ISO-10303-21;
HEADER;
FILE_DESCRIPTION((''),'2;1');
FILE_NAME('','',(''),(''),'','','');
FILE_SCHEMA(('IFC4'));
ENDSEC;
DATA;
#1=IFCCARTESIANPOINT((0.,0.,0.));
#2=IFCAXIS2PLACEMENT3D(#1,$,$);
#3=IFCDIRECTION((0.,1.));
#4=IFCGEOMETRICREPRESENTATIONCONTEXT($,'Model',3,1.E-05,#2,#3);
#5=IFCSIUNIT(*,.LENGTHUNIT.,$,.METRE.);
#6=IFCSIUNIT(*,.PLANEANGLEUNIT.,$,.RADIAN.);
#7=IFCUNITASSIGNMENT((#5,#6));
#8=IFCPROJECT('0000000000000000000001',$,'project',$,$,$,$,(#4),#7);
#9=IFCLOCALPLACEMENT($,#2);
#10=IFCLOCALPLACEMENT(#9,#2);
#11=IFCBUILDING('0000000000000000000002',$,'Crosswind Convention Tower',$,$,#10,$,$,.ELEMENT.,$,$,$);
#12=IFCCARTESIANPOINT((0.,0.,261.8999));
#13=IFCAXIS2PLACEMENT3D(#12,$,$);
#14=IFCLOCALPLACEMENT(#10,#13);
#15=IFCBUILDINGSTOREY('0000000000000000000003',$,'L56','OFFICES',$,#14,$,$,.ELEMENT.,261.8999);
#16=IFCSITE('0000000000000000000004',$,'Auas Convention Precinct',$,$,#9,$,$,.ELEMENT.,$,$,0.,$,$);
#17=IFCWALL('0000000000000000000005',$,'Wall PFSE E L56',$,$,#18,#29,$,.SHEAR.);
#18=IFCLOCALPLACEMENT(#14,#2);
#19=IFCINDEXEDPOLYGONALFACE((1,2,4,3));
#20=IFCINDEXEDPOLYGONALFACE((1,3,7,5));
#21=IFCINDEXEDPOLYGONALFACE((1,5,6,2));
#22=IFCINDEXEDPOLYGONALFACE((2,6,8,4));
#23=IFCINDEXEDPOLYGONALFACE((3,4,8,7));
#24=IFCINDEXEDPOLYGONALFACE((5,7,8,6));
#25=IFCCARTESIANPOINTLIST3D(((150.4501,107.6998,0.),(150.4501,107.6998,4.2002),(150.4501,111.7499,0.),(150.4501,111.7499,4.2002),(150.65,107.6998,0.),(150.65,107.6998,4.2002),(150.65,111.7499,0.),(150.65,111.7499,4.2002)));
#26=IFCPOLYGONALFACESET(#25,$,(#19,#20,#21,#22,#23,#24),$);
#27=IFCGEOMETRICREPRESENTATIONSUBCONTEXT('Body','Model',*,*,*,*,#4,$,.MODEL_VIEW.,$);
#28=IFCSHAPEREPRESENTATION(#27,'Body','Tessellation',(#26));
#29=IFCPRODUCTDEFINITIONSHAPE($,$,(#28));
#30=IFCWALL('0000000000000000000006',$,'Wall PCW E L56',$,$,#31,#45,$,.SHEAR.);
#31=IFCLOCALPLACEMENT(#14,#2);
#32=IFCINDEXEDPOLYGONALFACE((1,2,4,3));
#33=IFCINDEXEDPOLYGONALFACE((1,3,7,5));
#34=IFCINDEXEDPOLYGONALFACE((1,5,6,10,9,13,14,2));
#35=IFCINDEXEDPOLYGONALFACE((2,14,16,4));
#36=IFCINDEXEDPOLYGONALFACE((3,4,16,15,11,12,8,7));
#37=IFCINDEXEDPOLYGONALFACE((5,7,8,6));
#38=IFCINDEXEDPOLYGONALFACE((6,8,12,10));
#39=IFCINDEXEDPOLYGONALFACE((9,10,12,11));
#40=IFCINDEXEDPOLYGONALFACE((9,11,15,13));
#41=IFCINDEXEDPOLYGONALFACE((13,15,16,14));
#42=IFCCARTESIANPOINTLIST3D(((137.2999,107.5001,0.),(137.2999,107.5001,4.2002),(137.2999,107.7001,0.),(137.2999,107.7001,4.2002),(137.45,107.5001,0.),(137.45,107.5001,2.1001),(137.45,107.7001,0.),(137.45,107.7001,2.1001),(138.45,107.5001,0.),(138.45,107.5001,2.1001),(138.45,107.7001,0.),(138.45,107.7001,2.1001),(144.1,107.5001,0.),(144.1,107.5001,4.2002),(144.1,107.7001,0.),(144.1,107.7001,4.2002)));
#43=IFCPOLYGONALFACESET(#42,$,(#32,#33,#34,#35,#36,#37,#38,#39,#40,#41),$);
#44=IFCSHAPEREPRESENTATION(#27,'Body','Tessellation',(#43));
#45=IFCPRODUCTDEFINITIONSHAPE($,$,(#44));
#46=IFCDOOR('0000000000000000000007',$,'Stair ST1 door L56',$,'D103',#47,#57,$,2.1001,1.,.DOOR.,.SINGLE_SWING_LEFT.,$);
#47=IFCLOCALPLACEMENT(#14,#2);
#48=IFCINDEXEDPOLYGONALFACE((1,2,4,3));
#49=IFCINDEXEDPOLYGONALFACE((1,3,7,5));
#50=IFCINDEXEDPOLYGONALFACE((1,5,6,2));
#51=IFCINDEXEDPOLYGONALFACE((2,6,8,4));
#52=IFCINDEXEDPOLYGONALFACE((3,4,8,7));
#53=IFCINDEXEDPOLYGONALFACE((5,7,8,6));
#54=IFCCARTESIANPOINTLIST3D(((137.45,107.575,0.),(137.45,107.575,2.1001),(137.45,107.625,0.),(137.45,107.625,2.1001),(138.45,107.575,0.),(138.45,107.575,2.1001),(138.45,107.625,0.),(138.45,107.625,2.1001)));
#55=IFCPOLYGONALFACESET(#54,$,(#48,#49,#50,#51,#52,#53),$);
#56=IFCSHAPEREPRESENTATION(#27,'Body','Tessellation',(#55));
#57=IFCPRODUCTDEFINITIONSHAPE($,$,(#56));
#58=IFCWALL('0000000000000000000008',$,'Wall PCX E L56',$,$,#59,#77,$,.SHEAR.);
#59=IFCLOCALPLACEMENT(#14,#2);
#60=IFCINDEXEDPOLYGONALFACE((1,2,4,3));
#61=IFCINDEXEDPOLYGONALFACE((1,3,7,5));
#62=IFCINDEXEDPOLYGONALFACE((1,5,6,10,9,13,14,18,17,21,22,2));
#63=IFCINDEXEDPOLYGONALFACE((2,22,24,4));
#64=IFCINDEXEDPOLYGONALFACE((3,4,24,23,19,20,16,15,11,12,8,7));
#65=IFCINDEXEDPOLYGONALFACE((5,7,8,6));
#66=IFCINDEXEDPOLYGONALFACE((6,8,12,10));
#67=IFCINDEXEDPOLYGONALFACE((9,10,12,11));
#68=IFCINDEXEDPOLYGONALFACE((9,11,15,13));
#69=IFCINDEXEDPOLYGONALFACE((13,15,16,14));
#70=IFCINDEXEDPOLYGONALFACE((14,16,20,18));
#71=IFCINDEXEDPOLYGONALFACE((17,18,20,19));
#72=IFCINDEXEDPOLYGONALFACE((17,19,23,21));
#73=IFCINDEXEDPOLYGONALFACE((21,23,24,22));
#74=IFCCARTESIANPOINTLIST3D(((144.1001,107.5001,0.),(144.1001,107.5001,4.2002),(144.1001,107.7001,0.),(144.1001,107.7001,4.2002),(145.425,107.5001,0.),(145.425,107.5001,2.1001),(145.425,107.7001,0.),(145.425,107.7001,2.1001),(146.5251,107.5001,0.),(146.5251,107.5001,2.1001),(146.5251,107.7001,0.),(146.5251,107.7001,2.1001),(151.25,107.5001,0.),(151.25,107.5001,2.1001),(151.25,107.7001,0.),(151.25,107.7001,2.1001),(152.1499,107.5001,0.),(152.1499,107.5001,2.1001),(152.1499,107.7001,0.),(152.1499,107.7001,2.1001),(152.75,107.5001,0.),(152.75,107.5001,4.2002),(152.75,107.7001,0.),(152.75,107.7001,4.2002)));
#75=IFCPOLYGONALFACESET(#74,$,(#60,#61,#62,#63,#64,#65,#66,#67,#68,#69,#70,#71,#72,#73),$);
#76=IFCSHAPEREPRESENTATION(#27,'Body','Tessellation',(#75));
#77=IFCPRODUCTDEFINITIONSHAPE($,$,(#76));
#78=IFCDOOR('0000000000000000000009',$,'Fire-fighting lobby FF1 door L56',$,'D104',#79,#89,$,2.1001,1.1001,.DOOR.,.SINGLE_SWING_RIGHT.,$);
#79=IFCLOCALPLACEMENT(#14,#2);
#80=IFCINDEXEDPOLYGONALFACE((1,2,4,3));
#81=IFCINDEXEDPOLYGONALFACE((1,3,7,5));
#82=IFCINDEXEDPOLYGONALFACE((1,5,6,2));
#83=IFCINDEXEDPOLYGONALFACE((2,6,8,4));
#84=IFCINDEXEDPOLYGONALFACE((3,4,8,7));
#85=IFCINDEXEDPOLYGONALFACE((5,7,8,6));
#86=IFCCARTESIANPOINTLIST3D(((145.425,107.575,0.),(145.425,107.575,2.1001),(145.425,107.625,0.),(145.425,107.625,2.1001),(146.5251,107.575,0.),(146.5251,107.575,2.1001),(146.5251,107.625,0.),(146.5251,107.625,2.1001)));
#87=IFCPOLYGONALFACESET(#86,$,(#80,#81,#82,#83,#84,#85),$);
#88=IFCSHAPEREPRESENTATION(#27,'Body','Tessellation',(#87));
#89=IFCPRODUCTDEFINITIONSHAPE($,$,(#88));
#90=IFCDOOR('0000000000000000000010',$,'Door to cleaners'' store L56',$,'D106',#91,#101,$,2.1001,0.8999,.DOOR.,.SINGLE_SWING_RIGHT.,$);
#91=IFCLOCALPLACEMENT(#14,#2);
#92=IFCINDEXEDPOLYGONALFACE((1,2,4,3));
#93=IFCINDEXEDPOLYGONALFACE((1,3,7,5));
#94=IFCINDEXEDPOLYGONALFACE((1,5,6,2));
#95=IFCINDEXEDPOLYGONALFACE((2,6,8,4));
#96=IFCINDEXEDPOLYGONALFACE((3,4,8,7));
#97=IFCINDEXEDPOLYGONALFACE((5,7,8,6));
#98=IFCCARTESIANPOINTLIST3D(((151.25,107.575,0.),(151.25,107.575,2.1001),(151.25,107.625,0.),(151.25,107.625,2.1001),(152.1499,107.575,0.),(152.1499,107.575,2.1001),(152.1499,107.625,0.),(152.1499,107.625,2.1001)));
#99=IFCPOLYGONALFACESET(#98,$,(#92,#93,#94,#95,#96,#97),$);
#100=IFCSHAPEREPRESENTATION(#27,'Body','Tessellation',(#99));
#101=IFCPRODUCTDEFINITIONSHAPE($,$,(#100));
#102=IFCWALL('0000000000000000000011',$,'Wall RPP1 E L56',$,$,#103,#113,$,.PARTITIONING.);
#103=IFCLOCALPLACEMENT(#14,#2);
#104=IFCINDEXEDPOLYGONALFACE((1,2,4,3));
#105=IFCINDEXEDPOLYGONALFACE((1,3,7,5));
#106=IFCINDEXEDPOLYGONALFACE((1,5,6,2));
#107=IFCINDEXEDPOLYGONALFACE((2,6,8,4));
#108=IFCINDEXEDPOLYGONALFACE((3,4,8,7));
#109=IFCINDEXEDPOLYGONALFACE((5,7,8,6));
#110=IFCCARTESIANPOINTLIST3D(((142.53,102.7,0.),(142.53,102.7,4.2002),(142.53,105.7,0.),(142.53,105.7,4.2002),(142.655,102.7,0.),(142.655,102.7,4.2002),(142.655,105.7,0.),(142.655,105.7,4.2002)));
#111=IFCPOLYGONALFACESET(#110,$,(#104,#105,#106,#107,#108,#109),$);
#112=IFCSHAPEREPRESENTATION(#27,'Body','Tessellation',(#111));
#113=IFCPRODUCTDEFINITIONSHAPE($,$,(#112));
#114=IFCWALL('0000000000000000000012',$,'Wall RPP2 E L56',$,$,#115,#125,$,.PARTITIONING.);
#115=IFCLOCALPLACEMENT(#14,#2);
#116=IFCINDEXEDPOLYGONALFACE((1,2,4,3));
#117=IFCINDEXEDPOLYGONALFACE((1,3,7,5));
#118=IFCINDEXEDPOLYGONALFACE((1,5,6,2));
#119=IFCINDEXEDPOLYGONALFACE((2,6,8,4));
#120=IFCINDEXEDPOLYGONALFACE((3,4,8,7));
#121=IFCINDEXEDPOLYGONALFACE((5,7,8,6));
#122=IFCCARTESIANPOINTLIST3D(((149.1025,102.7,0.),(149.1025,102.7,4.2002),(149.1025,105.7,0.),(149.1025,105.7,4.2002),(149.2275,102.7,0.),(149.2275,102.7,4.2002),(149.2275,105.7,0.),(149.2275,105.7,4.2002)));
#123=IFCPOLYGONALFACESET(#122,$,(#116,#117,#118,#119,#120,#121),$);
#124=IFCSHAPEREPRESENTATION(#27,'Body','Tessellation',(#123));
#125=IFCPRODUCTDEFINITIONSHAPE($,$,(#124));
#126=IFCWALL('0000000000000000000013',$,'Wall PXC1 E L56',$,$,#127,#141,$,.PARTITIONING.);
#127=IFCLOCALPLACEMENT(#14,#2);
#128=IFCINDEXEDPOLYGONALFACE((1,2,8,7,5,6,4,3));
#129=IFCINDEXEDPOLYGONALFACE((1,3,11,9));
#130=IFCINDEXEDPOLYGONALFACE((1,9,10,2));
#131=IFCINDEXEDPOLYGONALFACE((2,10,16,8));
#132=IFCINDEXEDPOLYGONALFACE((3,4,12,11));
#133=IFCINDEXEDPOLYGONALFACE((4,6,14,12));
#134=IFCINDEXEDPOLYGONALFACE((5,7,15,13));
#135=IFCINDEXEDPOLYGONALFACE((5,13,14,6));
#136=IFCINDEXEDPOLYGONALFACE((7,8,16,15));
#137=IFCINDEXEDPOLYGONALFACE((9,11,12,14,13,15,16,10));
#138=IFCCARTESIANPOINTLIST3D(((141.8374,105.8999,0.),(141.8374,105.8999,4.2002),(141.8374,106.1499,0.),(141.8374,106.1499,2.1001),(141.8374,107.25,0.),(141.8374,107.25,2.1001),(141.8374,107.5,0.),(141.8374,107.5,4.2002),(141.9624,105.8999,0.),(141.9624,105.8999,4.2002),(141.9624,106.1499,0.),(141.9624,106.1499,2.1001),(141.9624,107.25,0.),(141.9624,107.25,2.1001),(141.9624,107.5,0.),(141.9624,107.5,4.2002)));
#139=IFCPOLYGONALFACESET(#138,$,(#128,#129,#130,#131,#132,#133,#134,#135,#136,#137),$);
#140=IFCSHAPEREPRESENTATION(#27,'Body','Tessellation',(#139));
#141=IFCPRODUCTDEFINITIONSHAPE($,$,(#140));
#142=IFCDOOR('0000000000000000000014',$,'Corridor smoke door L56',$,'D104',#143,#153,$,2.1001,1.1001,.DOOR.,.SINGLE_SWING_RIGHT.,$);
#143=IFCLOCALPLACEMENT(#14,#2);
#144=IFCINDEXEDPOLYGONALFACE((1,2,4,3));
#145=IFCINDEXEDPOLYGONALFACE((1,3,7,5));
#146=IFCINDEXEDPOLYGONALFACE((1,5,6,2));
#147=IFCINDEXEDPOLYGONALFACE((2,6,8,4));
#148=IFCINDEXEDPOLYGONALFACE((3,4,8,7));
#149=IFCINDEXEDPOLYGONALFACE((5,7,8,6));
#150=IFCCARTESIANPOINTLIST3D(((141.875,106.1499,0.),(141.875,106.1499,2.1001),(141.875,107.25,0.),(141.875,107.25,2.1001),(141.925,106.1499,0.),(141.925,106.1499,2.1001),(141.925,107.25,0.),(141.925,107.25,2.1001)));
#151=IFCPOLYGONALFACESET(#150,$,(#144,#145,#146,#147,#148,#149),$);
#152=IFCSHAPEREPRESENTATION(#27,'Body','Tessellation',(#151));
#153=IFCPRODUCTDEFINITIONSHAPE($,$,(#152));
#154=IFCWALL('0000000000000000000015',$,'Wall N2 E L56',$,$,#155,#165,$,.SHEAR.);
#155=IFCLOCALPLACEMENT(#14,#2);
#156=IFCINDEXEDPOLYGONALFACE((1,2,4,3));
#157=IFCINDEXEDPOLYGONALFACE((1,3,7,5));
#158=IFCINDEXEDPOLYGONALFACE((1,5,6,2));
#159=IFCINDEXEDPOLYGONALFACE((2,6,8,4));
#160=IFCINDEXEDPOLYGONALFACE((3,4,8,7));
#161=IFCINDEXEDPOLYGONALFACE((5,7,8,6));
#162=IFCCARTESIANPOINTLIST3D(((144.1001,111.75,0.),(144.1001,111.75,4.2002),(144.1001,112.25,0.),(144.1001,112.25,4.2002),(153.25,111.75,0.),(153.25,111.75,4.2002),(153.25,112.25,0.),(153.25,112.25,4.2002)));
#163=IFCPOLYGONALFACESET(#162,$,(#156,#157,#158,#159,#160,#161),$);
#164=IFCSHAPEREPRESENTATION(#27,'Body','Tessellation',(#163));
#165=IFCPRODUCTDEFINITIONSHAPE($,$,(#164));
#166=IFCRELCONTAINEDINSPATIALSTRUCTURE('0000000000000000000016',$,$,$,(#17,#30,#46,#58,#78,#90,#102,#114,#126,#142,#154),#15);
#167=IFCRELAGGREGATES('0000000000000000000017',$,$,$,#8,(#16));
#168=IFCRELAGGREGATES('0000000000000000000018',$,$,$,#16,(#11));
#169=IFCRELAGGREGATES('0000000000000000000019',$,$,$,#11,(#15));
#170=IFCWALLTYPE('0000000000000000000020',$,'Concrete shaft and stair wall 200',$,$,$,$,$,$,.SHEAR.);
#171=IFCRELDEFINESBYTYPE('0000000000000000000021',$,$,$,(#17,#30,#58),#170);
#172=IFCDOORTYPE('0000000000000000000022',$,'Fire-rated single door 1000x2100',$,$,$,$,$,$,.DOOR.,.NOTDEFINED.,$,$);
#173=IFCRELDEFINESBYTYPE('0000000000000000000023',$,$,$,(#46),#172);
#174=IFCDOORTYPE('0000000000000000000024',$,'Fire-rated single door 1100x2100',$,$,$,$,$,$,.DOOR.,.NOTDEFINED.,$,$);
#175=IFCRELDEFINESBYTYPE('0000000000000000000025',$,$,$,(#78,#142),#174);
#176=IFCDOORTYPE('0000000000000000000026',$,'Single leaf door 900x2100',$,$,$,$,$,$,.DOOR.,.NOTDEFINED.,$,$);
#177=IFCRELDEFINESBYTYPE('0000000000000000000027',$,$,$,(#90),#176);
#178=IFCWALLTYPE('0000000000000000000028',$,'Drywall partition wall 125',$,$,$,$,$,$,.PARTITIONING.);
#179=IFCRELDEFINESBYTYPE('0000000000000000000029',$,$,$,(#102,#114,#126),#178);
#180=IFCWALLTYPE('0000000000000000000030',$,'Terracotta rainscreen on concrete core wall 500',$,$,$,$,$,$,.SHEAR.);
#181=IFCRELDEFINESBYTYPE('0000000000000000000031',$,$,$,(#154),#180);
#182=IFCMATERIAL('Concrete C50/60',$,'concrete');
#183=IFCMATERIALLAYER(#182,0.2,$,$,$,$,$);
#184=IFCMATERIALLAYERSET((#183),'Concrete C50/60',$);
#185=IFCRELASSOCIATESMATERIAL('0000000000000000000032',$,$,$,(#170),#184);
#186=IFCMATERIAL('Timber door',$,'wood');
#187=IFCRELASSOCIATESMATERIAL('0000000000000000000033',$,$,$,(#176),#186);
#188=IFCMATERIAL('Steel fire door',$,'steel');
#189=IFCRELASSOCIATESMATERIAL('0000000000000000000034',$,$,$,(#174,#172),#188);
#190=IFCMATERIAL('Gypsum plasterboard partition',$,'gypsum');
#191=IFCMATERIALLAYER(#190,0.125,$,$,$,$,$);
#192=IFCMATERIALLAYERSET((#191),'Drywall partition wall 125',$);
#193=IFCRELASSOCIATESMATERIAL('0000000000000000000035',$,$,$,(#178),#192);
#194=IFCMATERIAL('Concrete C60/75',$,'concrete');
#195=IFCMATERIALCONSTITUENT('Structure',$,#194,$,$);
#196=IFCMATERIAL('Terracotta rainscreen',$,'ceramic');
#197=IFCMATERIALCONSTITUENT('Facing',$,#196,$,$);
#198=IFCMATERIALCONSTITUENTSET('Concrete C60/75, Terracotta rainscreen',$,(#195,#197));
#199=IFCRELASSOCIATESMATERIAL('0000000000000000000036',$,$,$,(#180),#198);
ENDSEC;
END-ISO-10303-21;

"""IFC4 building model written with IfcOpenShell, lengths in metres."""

from ifc_helpers import new_model, si_unit, direction, frame, frame_2d, origin, place, context, subcontext, project, spatial, rectangle, extrude, material, layer, layer_set, constituent, constituent_set, type_object, element, fill, save


model = new_model("IFC4")

# Units and contexts
model_context = context("Model", 3, precision=1e-05, world=origin(), true_north=direction((0.0, 1.0)))
body_context = subcontext(model_context, "Body", "Model", "MODEL_VIEW")
ifc_project = project(units=[si_unit("LENGTHUNIT", "METRE"), si_unit("PLANEANGLEUNIT", "RADIAN")], contexts=[model_context])

# Site, building, storey
site_placement = place(None, origin())
site = spatial("IfcSite", under=ifc_project, at=site_placement, Name="Auas Convention Precinct", CompositionType="ELEMENT", RefElevation=0.0)
building_placement = place(site_placement, origin())
building = spatial("IfcBuilding", under=site, at=building_placement, Name="Crosswind Convention Tower", CompositionType="ELEMENT")
storey_placement = place(building_placement, frame((0.0, 0.0, 261.8999)))
storey = spatial("IfcBuildingStorey", under=building, at=storey_placement, Name="L56", Description="OFFICES", CompositionType="ELEMENT", Elevation=261.8999)

# Shared definitions
ifc_material_1 = material(Name="Concrete C50/60", Category="concrete")
ifc_layer_1 = layer(ifc_material_1, 0.2)
ifc_layer_set_1 = layer_set([ifc_layer_1], Name="Concrete C50/60")
wall_type_1 = type_object("IfcWallType", Name="Concrete shaft and stair wall 200", PredefinedType="SHEAR", material=ifc_layer_set_1)

# Shared definitions
ifc_material_2 = material(Name="Timber door", Category="wood")
door_type_1 = type_object("IfcDoorType", Name="Single leaf door 900x2100", OperationType="NOTDEFINED", PredefinedType="DOOR", material=ifc_material_2)

# Shared definitions
ifc_material_3 = material(Name="Steel fire door", Category="steel")
door_type_2 = type_object("IfcDoorType", Name="Fire-rated single door 1100x2100", OperationType="NOTDEFINED", PredefinedType="DOOR", material=ifc_material_3)

# Wall
wall_1_placement = place(storey_placement, frame((150.55, 107.7, 0.0), z_axis=(0.0, 0.0, 1.0), x_axis=(0.0, 1.0, 0.0)))
element("IfcWall", 1, at=wall_1_placement, inside=storey, type_object=wall_type_1, Name="Wall PFSE E L56", PredefinedType="SHEAR", context=body_context, shape_type="SweptSolid", body=[
    extrude(rectangle(XDim=4.05, YDim=0.2, at=frame_2d((2.0249, 0.0))), origin(), (0.0, 0.0, 1.0), 4.2002),
])

# Wall, opening, door
wall_2_placement = place(storey_placement, frame((137.3, 107.6001, 0.0), z_axis=(0.0, 0.0, 1.0), x_axis=(1.0, 0.0, 0.0)))
wall_2 = element("IfcWall", 2, at=wall_2_placement, inside=storey, type_object=wall_type_1, Name="Wall PCW E L56", PredefinedType="SHEAR", context=body_context, shape_type="SweptSolid", body=[
    extrude(rectangle(XDim=6.8, YDim=0.2, at=frame_2d((3.3999, 0.0))), origin(), (0.0, 0.0, 1.0), 4.2002),
])
opening_1_placement = place(wall_2_placement, frame((0.1499, 0.0, 0.0)))
opening_1 = element("IfcOpeningElement", 3, at=opening_1_placement, cuts=wall_2, PredefinedType="OPENING", context=body_context, shape_type="SweptSolid", body=[
    extrude(rectangle(XDim=1.0, YDim=2.1001, at=frame_2d((0.5, 1.05))), frame((0.0, 0.1099, 0.0), z_axis=(0.0, -1.0, 0.0), x_axis=(1.0, 0.0, 0.0)), (0.0, 0.0, 1.0), 0.22),
])
door_type_3 = type_object("IfcDoorType", Name="Fire-rated single door 1000x2100", OperationType="NOTDEFINED", PredefinedType="DOOR", material=ifc_material_3)
door_1_placement = place(opening_1_placement, origin())
door_1 = element("IfcDoor", 4, at=door_1_placement, inside=storey, type_object=door_type_3, Name="Stair ST1 door L56", ObjectType="D103", OperationType="SINGLE_SWING_LEFT", OverallHeight=2.1001, OverallWidth=1.0, PredefinedType="DOOR", context=body_context, shape_type="SweptSolid", body=[
    extrude(rectangle(XDim=1.0, YDim=2.1001, at=frame_2d((0.5, 1.05))), frame((0.0, 0.0249, 0.0), z_axis=(0.0, -1.0, 0.0), x_axis=(1.0, 0.0, 0.0)), (0.0, 0.0, 1.0), 0.05),
])
fill(opening_1, door_1)

# Wall, openings, doors
wall_3_placement = place(storey_placement, frame((144.1001, 107.6001, 0.0), z_axis=(0.0, 0.0, 1.0), x_axis=(1.0, 0.0, 0.0)))
wall_3 = element("IfcWall", 5, at=wall_3_placement, inside=storey, type_object=wall_type_1, Name="Wall PCX E L56", PredefinedType="SHEAR", context=body_context, shape_type="SweptSolid", body=[
    extrude(rectangle(XDim=8.6499, YDim=0.2, at=frame_2d((4.325, 0.0))), origin(), (0.0, 0.0, 1.0), 4.2002),
])
opening_2_placement = place(wall_3_placement, frame((1.325, 0.0, 0.0)))
opening_2 = element("IfcOpeningElement", 6, at=opening_2_placement, cuts=wall_3, PredefinedType="OPENING", context=body_context, shape_type="SweptSolid", body=[
    extrude(rectangle(XDim=1.1001, YDim=2.1001, at=frame_2d((0.55, 1.05))), frame((0.0, 0.1099, 0.0), z_axis=(0.0, -1.0, 0.0), x_axis=(1.0, 0.0, 0.0)), (0.0, 0.0, 1.0), 0.22),
])
opening_3_placement = place(wall_3_placement, frame((7.1499, 0.0, 0.0)))
opening_3 = element("IfcOpeningElement", 7, at=opening_3_placement, cuts=wall_3, PredefinedType="OPENING", context=body_context, shape_type="SweptSolid", body=[
    extrude(rectangle(XDim=0.8999, YDim=2.1001, at=frame_2d((0.45, 1.05))), frame((0.0, 0.1099, 0.0), z_axis=(0.0, -1.0, 0.0), x_axis=(1.0, 0.0, 0.0)), (0.0, 0.0, 1.0), 0.22),
])
door_2_placement = place(opening_2_placement, origin())
door_2 = element("IfcDoor", 8, at=door_2_placement, inside=storey, type_object=door_type_2, Name="Fire-fighting lobby FF1 door L56", ObjectType="D104", OperationType="SINGLE_SWING_RIGHT", OverallHeight=2.1001, OverallWidth=1.1001, PredefinedType="DOOR", context=body_context, shape_type="SweptSolid", body=[
    extrude(rectangle(XDim=1.1001, YDim=2.1001, at=frame_2d((0.55, 1.05))), frame((0.0, 0.0249, 0.0), z_axis=(0.0, -1.0, 0.0), x_axis=(1.0, 0.0, 0.0)), (0.0, 0.0, 1.0), 0.05),
])
fill(opening_2, door_2)
door_3_placement = place(opening_3_placement, origin())
door_3 = element("IfcDoor", 9, at=door_3_placement, inside=storey, type_object=door_type_1, Name="Door to cleaners' store L56", ObjectType="D106", OperationType="SINGLE_SWING_RIGHT", OverallHeight=2.1001, OverallWidth=0.8999, PredefinedType="DOOR", context=body_context, shape_type="SweptSolid", body=[
    extrude(rectangle(XDim=0.8999, YDim=2.1001, at=frame_2d((0.45, 1.05))), frame((0.0, 0.0249, 0.0), z_axis=(0.0, -1.0, 0.0), x_axis=(1.0, 0.0, 0.0)), (0.0, 0.0, 1.0), 0.05),
])
fill(opening_3, door_3)

# Walls
ifc_material_4 = material(Name="Gypsum plasterboard partition", Category="gypsum")
ifc_layer_2 = layer(ifc_material_4, 0.125)
ifc_layer_set_2 = layer_set([ifc_layer_2], Name="Drywall partition wall 125")
wall_type_2 = type_object("IfcWallType", Name="Drywall partition wall 125", PredefinedType="PARTITIONING", material=ifc_layer_set_2)
for number, where, z_axis, x_axis, name in (
    (10, (142.5925, 102.7, 0.0), (0.0, 0.0, 1.0), (0.0, 1.0, 0.0), "Wall RPP1 E L56"),
    (11, (149.165, 102.7, 0.0), (0.0, 0.0, 1.0), (0.0, 1.0, 0.0), "Wall RPP2 E L56"),
):
    element("IfcWall", number, at=place(storey_placement, frame(where, z_axis=z_axis, x_axis=x_axis)), inside=storey, type_object=wall_type_2, Name=name, PredefinedType="PARTITIONING", context=body_context, shape_type="SweptSolid", body=[
        extrude(rectangle(XDim=3.0, YDim=0.125, at=frame_2d((1.5, 0.0))), origin(), (0.0, 0.0, 1.0), 4.2002),
    ])

# Wall, opening, door
wall_4_placement = place(storey_placement, frame((141.8999, 105.8999, 0.0), z_axis=(0.0, 0.0, 1.0), x_axis=(0.0, 1.0, 0.0)))
wall_4 = element("IfcWall", 12, at=wall_4_placement, inside=storey, type_object=wall_type_2, Name="Wall PXC1 E L56", PredefinedType="PARTITIONING", context=body_context, shape_type="SweptSolid", body=[
    extrude(rectangle(XDim=1.6001, YDim=0.125, at=frame_2d((0.8, 0.0))), origin(), (0.0, 0.0, 1.0), 4.2002),
])
opening_4_placement = place(wall_4_placement, frame((0.25, 0.0, 0.0)))
opening_4 = element("IfcOpeningElement", 13, at=opening_4_placement, cuts=wall_4, PredefinedType="OPENING", context=body_context, shape_type="SweptSolid", body=[
    extrude(rectangle(XDim=1.1001, YDim=2.1001, at=frame_2d((0.55, 1.05))), frame((0.0, 0.0725, 0.0), z_axis=(0.0, -1.0, 0.0), x_axis=(1.0, 0.0, 0.0)), (0.0, 0.0, 1.0), 0.145),
])
door_4_placement = place(opening_4_placement, origin())
door_4 = element("IfcDoor", 14, at=door_4_placement, inside=storey, type_object=door_type_2, Name="Corridor smoke door L56", ObjectType="D104", OperationType="SINGLE_SWING_RIGHT", OverallHeight=2.1001, OverallWidth=1.1001, PredefinedType="DOOR", context=body_context, shape_type="SweptSolid", body=[
    extrude(rectangle(XDim=1.1001, YDim=2.1001, at=frame_2d((0.55, 1.05))), frame((0.0, 0.0249, 0.0), z_axis=(0.0, -1.0, 0.0), x_axis=(1.0, 0.0, 0.0)), (0.0, 0.0, 1.0), 0.05),
])
fill(opening_4, door_4)

# Wall
ifc_material_5 = material(Name="Concrete C60/75", Category="concrete")
ifc_constituent_1 = constituent(ifc_material_5, Name="Structure")
ifc_material_6 = material(Name="Terracotta rainscreen", Category="ceramic")
ifc_constituent_2 = constituent(ifc_material_6, Name="Facing")
ifc_constituent_set = constituent_set(constituents=[ifc_constituent_1, ifc_constituent_2], Name="Concrete C60/75, Terracotta rainscreen")
wall_type_3 = type_object("IfcWallType", Name="Terracotta rainscreen on concrete core wall 500", PredefinedType="SHEAR", material=ifc_constituent_set)
wall_5_placement = place(storey_placement, frame((144.1001, 112.0, 0.0), z_axis=(0.0, 0.0, 1.0), x_axis=(1.0, 0.0, 0.0)))
element("IfcWall", 15, at=wall_5_placement, inside=storey, type_object=wall_type_3, Name="Wall N2 E L56", PredefinedType="SHEAR", context=body_context, shape_type="SweptSolid", body=[
    extrude(rectangle(XDim=9.1499, YDim=0.5, at=frame_2d((4.575, 0.0))), origin(), (0.0, 0.0, 1.0), 4.2002),
])

save(model, "model.ifc")
